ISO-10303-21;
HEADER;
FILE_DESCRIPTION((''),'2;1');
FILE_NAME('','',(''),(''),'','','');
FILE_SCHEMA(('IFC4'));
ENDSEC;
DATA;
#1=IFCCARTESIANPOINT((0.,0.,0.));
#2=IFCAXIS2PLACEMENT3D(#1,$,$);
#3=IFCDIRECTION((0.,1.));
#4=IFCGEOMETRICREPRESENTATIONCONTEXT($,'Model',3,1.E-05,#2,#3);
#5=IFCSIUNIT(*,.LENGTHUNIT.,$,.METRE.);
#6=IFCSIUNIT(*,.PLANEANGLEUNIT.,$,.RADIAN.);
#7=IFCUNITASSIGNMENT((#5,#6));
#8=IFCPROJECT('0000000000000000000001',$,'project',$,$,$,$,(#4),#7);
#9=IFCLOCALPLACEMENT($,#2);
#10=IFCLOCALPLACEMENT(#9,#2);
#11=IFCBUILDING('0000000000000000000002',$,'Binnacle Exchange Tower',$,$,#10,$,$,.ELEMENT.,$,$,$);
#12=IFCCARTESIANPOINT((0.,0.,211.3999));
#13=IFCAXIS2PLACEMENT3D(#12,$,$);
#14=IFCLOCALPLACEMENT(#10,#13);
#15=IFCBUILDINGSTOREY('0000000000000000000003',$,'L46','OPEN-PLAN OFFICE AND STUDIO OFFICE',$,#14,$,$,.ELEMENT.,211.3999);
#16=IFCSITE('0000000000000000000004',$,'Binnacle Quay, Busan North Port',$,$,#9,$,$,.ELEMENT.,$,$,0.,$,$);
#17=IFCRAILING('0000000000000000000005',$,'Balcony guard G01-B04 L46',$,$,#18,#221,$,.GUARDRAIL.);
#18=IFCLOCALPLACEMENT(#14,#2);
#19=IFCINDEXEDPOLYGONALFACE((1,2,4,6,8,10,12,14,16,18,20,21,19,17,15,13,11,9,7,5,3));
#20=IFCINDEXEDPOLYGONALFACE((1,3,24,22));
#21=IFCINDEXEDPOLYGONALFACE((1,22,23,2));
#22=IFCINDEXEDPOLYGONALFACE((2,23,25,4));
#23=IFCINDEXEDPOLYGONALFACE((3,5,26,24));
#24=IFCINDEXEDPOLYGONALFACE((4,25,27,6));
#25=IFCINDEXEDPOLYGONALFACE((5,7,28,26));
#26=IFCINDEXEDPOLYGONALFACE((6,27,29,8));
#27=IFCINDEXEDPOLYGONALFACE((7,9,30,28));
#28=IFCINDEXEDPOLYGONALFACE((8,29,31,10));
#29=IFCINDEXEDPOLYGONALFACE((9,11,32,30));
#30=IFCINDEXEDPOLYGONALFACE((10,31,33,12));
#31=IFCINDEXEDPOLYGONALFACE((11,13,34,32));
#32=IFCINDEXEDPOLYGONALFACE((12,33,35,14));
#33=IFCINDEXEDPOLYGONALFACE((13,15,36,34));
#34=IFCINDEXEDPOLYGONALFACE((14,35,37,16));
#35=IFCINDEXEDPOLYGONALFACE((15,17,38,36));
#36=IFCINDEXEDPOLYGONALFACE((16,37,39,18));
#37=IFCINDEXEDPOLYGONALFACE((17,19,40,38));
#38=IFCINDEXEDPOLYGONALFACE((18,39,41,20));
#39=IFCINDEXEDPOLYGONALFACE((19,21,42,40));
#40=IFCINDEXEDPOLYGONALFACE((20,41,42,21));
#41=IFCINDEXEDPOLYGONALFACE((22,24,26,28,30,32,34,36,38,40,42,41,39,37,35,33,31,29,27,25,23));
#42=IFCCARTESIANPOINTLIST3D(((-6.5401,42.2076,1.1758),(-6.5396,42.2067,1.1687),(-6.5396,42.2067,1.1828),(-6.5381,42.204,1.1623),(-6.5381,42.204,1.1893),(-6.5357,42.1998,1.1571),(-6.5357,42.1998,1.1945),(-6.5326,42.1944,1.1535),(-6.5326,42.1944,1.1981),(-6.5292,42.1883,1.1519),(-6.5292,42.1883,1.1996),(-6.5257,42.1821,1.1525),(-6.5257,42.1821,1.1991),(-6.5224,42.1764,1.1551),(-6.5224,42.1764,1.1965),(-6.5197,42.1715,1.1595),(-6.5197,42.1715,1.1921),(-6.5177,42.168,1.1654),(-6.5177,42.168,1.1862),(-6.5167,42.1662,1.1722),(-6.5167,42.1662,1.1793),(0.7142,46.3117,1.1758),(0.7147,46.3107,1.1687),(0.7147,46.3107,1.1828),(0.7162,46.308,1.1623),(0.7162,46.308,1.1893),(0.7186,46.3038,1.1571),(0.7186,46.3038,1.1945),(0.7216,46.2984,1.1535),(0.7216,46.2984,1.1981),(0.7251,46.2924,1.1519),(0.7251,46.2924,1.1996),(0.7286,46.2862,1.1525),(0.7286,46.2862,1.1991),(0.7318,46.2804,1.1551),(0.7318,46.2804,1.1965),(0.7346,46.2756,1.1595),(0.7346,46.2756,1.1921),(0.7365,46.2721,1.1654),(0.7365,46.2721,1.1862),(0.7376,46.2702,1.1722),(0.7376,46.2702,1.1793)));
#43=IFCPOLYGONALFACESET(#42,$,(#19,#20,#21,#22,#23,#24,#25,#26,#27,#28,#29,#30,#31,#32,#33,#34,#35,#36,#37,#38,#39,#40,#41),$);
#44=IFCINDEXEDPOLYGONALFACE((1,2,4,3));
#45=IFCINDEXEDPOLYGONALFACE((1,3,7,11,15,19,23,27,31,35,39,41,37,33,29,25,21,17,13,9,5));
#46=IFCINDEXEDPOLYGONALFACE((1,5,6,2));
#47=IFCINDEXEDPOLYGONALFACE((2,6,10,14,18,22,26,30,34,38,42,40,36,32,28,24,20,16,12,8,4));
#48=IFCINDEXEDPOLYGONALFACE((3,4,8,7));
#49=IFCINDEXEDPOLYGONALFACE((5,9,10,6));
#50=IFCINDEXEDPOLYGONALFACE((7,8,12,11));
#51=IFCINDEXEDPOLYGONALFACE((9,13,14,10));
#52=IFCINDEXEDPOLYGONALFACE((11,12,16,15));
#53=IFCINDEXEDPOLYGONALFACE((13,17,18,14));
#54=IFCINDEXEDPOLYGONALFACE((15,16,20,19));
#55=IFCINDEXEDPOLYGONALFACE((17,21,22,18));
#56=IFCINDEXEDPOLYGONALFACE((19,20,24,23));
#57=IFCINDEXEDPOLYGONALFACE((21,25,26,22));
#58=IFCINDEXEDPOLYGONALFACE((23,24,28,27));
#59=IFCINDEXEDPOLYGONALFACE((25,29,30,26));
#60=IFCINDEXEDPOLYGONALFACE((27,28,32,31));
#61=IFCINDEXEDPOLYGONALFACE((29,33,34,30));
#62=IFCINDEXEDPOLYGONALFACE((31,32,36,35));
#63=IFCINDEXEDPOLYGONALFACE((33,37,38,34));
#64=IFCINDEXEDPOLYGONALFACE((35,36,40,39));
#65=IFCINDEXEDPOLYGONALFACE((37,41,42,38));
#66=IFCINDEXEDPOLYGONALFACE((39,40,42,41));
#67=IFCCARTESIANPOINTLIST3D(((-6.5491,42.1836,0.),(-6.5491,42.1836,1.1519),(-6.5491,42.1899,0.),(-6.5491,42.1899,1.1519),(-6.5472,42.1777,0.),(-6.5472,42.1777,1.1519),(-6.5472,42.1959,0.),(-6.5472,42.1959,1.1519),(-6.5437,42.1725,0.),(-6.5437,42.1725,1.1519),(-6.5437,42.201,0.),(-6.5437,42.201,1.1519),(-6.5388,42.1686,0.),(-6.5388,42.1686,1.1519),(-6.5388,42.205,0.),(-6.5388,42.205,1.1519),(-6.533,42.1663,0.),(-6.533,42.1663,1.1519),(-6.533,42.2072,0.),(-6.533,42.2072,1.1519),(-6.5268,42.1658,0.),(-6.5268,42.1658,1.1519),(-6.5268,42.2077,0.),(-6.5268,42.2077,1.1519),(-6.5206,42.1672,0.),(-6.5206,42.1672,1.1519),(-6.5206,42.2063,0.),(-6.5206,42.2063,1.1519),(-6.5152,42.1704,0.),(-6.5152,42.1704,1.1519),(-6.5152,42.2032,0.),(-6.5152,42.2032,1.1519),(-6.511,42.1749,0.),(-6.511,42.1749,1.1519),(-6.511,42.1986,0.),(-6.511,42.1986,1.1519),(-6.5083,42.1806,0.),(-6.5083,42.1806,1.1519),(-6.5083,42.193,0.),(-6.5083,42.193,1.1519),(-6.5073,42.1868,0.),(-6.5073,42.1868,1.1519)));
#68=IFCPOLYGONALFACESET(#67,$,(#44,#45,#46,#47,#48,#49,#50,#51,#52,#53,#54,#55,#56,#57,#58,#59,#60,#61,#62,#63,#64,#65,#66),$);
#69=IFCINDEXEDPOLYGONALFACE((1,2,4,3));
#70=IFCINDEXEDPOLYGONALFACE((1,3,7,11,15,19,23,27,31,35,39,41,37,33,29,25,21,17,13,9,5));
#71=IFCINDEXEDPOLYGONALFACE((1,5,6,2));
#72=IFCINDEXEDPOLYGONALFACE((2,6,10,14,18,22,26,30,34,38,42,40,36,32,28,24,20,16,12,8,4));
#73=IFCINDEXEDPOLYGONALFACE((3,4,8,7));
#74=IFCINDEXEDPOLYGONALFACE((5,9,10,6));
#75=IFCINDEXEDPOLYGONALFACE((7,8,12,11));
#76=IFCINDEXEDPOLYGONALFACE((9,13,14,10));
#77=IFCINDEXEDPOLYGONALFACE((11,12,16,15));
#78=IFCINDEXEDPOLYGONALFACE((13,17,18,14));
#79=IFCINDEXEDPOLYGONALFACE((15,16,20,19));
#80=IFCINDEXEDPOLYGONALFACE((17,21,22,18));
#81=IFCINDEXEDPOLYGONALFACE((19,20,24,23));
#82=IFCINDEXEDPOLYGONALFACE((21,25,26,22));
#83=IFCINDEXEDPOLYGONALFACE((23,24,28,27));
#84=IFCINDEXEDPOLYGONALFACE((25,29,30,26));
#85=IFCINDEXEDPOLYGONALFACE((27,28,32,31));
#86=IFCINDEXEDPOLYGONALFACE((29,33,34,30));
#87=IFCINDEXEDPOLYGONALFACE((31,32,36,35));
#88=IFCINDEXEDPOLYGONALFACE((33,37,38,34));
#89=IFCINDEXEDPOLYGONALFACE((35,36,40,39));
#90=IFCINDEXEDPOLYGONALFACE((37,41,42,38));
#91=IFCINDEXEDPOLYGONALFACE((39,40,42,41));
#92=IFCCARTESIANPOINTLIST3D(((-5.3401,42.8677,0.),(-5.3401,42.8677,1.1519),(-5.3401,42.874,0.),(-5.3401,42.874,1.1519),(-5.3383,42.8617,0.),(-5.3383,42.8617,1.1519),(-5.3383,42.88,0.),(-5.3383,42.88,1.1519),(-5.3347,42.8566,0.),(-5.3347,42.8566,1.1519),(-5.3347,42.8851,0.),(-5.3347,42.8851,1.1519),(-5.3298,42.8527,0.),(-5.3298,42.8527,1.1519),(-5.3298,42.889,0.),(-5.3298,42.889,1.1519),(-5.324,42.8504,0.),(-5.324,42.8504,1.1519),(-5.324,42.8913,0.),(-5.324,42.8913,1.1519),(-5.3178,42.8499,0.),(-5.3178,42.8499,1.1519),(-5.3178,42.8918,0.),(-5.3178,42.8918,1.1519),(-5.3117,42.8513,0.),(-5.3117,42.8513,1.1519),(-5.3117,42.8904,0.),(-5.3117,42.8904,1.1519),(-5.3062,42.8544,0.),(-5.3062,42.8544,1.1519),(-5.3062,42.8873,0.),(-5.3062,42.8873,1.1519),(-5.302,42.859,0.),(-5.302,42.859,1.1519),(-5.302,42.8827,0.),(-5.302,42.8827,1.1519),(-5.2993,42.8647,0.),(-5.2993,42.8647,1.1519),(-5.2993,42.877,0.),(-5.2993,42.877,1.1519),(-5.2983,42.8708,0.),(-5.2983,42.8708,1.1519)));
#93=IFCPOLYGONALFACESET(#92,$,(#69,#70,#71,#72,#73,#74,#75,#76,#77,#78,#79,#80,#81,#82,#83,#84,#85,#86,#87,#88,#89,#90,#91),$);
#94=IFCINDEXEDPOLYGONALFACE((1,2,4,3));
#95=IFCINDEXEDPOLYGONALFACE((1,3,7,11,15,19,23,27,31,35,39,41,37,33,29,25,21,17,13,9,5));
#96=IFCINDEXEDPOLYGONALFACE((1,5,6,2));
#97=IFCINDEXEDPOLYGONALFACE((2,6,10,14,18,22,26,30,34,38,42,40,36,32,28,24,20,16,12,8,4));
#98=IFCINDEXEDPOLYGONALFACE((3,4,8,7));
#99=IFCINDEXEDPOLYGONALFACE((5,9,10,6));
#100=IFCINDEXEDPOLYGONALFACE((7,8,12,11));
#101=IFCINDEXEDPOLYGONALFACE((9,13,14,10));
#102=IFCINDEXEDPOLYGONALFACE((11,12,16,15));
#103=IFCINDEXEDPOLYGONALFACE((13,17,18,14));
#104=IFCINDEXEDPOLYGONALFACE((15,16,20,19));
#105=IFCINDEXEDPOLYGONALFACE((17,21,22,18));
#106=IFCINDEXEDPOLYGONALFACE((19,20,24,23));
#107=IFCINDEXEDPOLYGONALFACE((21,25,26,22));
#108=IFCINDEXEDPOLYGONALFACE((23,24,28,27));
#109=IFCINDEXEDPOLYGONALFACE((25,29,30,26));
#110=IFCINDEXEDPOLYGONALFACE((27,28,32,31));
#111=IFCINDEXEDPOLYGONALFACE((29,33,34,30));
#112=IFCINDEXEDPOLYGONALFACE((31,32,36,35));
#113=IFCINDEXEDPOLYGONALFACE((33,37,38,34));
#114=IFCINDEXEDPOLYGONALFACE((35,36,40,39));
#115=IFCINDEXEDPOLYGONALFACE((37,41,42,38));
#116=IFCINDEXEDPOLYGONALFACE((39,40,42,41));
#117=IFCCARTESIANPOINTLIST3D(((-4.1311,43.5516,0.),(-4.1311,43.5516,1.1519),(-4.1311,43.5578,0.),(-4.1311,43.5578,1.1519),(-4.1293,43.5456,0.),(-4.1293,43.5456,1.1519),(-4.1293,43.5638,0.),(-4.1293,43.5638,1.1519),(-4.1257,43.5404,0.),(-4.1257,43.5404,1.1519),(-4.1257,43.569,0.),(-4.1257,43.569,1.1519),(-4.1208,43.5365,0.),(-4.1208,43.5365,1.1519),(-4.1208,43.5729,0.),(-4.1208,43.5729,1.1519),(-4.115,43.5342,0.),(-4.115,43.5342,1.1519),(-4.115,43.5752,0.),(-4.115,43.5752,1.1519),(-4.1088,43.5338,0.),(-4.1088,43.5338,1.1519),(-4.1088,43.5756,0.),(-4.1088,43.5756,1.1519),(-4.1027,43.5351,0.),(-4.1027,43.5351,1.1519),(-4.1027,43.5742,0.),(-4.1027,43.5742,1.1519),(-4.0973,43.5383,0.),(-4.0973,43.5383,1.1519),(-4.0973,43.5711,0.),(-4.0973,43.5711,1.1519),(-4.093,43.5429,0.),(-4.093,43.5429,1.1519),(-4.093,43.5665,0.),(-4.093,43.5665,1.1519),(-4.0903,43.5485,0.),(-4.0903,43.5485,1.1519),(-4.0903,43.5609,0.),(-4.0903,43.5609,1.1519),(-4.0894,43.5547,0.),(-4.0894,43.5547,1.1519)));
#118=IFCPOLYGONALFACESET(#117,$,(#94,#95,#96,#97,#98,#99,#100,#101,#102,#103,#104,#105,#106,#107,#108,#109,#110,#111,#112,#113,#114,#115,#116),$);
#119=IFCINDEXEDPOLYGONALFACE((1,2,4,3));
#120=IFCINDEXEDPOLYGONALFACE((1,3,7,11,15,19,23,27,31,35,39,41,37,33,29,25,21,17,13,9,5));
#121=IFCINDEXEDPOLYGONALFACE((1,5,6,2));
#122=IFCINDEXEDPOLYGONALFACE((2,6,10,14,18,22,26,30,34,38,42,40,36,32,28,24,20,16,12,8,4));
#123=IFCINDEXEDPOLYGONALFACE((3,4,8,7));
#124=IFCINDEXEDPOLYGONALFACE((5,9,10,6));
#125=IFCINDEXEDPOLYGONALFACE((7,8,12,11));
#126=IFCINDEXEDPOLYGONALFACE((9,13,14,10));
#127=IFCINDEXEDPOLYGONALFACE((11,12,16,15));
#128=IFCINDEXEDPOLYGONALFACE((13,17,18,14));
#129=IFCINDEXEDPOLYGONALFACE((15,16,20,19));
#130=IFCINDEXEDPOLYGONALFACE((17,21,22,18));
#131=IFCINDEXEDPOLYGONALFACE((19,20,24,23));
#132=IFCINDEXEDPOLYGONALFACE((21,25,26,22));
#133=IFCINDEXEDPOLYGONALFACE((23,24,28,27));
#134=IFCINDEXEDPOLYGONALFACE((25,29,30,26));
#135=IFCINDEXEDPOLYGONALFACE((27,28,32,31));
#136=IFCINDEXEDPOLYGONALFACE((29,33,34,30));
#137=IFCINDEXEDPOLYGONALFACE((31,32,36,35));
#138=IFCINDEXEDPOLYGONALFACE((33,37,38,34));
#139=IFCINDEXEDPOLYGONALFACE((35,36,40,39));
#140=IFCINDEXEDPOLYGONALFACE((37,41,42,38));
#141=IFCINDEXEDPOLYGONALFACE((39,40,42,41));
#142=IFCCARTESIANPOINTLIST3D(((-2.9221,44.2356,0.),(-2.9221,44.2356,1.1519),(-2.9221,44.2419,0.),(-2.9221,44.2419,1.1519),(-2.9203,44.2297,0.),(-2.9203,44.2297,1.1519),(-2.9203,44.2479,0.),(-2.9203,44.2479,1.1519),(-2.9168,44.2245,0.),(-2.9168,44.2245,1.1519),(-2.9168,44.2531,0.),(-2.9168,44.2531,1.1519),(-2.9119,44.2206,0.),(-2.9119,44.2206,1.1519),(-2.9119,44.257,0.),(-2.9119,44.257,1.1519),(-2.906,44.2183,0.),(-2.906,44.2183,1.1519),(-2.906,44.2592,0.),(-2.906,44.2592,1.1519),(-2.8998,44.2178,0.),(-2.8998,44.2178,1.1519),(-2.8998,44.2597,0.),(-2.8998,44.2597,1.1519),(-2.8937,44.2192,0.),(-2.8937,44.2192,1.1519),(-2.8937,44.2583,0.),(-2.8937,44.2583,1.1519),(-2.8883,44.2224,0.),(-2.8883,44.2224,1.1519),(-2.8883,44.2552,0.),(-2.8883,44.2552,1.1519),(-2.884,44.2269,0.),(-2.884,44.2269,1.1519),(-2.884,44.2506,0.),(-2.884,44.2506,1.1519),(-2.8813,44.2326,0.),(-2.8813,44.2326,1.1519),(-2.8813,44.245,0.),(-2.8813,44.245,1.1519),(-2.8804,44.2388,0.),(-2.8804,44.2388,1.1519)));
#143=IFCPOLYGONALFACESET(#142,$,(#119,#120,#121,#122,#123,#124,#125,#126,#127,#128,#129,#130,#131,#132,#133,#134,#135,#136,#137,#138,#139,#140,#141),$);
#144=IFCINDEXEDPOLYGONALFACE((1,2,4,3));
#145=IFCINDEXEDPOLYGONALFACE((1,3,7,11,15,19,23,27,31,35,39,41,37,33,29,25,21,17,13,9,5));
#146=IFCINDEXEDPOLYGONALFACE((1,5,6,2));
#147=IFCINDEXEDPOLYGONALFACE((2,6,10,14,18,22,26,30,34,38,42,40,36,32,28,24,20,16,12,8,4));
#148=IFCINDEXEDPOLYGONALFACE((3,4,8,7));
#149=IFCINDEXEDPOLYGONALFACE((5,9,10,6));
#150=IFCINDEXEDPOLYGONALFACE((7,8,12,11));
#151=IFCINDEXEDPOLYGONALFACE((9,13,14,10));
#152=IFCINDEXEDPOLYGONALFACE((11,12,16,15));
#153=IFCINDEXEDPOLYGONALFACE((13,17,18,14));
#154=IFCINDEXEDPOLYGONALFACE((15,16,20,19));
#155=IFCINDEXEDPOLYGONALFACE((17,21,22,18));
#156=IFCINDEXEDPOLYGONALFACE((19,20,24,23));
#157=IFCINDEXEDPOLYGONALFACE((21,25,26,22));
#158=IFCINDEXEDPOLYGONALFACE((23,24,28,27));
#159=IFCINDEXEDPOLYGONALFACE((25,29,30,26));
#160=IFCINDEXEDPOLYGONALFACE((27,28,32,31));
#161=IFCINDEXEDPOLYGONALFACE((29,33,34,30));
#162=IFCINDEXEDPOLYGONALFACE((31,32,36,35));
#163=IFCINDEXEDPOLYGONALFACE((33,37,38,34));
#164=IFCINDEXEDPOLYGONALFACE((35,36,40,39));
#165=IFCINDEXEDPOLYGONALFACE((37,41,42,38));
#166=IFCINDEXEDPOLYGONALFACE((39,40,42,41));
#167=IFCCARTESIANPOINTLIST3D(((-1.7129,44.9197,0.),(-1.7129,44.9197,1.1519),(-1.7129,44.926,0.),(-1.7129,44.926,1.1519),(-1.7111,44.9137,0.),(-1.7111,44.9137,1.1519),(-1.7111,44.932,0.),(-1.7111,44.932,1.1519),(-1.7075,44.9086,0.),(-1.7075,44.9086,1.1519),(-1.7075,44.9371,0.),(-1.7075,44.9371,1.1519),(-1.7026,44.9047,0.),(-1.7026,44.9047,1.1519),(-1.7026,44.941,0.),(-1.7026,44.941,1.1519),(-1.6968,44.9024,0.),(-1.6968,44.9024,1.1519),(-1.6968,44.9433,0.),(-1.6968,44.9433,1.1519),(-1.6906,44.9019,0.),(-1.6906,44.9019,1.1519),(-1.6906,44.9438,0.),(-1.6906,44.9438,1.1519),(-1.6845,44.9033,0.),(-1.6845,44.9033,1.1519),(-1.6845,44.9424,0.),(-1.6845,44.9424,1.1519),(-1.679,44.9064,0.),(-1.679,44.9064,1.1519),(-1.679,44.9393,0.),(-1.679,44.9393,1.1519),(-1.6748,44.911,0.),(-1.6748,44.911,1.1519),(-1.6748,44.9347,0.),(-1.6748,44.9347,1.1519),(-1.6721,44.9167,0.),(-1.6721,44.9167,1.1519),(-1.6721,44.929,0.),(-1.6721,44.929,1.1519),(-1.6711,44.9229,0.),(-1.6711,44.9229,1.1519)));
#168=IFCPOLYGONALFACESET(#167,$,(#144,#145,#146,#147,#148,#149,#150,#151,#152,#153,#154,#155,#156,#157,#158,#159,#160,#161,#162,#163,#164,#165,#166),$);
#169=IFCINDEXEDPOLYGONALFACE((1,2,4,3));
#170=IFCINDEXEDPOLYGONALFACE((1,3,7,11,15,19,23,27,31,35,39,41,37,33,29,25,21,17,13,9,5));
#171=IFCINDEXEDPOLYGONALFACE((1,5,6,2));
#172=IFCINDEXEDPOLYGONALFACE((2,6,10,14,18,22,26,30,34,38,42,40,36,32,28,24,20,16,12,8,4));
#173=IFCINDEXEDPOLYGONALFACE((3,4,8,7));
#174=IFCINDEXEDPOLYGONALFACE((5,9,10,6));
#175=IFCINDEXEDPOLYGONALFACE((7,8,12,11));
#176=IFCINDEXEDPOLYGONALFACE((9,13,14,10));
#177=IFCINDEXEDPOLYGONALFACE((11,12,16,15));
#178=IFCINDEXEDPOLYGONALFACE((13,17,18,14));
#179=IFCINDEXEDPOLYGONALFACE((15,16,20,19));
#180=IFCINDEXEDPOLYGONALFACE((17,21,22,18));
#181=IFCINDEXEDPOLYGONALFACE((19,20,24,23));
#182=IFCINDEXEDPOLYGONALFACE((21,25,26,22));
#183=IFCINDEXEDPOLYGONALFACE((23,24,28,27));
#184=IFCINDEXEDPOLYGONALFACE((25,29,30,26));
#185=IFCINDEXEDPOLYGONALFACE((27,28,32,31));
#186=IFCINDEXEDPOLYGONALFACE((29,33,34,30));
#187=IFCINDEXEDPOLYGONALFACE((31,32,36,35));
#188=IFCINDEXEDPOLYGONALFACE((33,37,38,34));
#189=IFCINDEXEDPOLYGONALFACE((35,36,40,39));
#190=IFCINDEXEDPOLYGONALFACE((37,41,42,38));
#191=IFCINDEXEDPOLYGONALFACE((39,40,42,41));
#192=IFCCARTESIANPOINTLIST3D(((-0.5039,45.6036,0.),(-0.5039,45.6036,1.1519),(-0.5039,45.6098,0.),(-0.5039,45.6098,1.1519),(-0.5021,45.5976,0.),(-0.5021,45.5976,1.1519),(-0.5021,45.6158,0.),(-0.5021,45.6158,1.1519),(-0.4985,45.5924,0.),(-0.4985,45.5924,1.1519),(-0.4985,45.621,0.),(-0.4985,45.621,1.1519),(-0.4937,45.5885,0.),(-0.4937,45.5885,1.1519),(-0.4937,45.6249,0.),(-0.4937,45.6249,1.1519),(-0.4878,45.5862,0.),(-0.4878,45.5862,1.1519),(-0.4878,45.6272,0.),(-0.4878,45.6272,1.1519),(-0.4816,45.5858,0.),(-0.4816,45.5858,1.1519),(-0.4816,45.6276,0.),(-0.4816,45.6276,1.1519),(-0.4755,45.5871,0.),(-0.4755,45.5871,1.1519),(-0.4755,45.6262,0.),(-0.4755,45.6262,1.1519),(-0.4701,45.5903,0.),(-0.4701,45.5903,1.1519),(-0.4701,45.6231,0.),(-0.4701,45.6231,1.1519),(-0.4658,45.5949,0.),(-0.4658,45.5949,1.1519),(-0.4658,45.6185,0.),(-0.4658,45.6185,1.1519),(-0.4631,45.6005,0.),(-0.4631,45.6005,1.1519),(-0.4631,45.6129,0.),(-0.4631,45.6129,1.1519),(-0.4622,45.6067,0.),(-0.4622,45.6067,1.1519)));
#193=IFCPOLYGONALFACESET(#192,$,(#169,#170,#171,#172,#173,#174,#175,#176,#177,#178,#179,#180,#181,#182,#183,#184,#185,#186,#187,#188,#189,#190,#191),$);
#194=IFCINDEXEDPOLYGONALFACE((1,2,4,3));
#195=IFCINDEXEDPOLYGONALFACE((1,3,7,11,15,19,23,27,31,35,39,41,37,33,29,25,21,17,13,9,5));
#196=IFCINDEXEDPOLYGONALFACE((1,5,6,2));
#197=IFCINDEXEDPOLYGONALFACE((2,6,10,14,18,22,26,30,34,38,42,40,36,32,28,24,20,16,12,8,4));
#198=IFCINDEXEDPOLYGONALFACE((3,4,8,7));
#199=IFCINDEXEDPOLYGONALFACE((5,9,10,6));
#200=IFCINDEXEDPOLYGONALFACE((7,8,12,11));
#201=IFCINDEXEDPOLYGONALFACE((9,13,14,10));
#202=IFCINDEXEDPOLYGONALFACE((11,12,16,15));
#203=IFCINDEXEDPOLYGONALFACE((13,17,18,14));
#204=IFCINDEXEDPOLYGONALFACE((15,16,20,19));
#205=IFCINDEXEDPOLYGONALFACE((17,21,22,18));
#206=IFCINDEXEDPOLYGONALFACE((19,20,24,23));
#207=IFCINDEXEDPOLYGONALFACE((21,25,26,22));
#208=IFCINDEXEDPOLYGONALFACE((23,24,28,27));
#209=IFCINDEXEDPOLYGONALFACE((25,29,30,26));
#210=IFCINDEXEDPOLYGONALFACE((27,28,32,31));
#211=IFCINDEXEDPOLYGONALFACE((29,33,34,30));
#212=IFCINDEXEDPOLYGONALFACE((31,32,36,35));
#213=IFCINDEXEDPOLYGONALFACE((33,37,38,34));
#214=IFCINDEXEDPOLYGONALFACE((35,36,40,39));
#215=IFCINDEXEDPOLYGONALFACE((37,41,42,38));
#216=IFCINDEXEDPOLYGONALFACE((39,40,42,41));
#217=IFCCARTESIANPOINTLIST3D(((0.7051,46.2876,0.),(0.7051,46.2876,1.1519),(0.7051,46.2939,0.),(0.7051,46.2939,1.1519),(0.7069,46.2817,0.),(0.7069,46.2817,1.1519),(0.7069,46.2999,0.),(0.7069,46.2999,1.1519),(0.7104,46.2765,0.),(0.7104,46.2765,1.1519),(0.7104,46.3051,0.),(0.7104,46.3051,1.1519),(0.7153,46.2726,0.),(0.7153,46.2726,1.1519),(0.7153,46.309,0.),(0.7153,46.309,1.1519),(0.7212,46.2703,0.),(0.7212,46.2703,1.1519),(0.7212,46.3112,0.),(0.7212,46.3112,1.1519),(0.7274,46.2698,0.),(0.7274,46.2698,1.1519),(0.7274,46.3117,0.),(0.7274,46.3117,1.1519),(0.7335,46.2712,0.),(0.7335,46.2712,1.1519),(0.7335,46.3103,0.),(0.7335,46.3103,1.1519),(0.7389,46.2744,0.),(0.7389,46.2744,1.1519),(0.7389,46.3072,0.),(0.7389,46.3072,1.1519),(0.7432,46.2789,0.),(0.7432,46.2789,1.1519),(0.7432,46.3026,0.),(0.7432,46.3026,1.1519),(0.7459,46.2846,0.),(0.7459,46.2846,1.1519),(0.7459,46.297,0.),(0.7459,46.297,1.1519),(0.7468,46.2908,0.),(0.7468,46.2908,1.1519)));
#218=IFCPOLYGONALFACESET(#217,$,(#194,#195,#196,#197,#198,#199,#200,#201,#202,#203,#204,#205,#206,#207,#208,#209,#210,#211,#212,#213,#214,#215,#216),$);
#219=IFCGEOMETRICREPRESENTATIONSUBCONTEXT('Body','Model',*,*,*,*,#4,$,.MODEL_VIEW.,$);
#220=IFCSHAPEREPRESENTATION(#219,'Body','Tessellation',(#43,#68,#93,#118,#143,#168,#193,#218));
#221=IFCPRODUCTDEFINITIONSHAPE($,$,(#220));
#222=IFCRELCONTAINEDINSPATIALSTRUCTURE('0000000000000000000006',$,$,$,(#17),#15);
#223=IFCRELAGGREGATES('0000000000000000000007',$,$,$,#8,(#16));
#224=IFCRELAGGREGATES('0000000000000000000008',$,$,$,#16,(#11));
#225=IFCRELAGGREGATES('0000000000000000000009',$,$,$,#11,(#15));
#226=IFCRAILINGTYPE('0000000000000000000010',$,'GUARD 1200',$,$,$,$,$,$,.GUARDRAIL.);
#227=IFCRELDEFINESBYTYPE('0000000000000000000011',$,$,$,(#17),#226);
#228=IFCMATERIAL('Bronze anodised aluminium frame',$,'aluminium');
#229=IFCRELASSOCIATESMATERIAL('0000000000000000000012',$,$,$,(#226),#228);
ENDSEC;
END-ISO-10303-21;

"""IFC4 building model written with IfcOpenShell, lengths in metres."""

from ifc_helpers import new_model, si_unit, direction, frame, origin, origin_2d, place, context, subcontext, project, spatial, circle, extrude, material, type_object, element, save


model = new_model("IFC4")

# Units and contexts
model_context = context("Model", 3, precision=1e-05, world=origin(), true_north=direction((0.0, 1.0)))
body_context = subcontext(model_context, "Body", "Model", "MODEL_VIEW")
ifc_project = project(units=[si_unit("LENGTHUNIT", "METRE"), si_unit("PLANEANGLEUNIT", "RADIAN")], contexts=[model_context])

# Site, building, storey
site_placement = place(None, origin())
site = spatial("IfcSite", under=ifc_project, at=site_placement, Name="Binnacle Quay, Busan North Port", CompositionType="ELEMENT", RefElevation=0.0)
building_placement = place(site_placement, origin())
building = spatial("IfcBuilding", under=site, at=building_placement, Name="Binnacle Exchange Tower", CompositionType="ELEMENT")
storey_placement = place(building_placement, frame((0.0, 0.0, 211.3999)))
storey = spatial("IfcBuildingStorey", under=building, at=storey_placement, Name="L46", Description="OPEN-PLAN OFFICE AND STUDIO OFFICE", CompositionType="ELEMENT", Elevation=211.3999)

# Shared definitions
ifc_material_1 = material(Name="Bronze anodised aluminium frame", Category="aluminium")

# Railing
railing_type = type_object("IfcRailingType", Name="GUARD 1200", PredefinedType="GUARDRAIL", material=ifc_material_1)
railing_1_placement = place(storey_placement, frame((-6.5283, 42.1868, 0.0)))
element("IfcRailing", 1, at=railing_1_placement, inside=storey, type_object=railing_type, Name="Balcony guard G01-B04 L46", PredefinedType="GUARDRAIL", context=body_context, shape_type="SweptSolid", body=[
    extrude(circle(Radius=0.0239, at=origin_2d()), frame((0.0, 0.0, 1.1758), z_axis=(0.870366, 0.492406, 0.0), x_axis=(-0.492406, 0.870366, 0.0)), (0.0, 0.0, 1.0), 8.3347),
    extrude(circle(Radius=0.021, at=origin_2d()), origin(), (0.0, 0.0, 1.0), 1.1519),
    extrude(circle(Radius=0.021, at=origin_2d()), frame((1.209, 0.6841, 0.0)), (0.0, 0.0, 1.0), 1.1519),
    extrude(circle(Radius=0.021, at=origin_2d()), frame((2.418, 1.3679, 0.0)), (0.0, 0.0, 1.0), 1.1519),
    extrude(circle(Radius=0.021, at=origin_2d()), frame((3.627, 2.052, 0.0)), (0.0, 0.0, 1.0), 1.1519),
    extrude(circle(Radius=0.021, at=origin_2d()), frame((4.8362, 2.7361, 0.0)), (0.0, 0.0, 1.0), 1.1519),
    extrude(circle(Radius=0.021, at=origin_2d()), frame((6.0452, 3.4199, 0.0)), (0.0, 0.0, 1.0), 1.1519),
    extrude(circle(Radius=0.021, at=origin_2d()), frame((7.2542, 4.104, 0.0)), (0.0, 0.0, 1.0), 1.1519),
])

save(model, "model.ifc")
